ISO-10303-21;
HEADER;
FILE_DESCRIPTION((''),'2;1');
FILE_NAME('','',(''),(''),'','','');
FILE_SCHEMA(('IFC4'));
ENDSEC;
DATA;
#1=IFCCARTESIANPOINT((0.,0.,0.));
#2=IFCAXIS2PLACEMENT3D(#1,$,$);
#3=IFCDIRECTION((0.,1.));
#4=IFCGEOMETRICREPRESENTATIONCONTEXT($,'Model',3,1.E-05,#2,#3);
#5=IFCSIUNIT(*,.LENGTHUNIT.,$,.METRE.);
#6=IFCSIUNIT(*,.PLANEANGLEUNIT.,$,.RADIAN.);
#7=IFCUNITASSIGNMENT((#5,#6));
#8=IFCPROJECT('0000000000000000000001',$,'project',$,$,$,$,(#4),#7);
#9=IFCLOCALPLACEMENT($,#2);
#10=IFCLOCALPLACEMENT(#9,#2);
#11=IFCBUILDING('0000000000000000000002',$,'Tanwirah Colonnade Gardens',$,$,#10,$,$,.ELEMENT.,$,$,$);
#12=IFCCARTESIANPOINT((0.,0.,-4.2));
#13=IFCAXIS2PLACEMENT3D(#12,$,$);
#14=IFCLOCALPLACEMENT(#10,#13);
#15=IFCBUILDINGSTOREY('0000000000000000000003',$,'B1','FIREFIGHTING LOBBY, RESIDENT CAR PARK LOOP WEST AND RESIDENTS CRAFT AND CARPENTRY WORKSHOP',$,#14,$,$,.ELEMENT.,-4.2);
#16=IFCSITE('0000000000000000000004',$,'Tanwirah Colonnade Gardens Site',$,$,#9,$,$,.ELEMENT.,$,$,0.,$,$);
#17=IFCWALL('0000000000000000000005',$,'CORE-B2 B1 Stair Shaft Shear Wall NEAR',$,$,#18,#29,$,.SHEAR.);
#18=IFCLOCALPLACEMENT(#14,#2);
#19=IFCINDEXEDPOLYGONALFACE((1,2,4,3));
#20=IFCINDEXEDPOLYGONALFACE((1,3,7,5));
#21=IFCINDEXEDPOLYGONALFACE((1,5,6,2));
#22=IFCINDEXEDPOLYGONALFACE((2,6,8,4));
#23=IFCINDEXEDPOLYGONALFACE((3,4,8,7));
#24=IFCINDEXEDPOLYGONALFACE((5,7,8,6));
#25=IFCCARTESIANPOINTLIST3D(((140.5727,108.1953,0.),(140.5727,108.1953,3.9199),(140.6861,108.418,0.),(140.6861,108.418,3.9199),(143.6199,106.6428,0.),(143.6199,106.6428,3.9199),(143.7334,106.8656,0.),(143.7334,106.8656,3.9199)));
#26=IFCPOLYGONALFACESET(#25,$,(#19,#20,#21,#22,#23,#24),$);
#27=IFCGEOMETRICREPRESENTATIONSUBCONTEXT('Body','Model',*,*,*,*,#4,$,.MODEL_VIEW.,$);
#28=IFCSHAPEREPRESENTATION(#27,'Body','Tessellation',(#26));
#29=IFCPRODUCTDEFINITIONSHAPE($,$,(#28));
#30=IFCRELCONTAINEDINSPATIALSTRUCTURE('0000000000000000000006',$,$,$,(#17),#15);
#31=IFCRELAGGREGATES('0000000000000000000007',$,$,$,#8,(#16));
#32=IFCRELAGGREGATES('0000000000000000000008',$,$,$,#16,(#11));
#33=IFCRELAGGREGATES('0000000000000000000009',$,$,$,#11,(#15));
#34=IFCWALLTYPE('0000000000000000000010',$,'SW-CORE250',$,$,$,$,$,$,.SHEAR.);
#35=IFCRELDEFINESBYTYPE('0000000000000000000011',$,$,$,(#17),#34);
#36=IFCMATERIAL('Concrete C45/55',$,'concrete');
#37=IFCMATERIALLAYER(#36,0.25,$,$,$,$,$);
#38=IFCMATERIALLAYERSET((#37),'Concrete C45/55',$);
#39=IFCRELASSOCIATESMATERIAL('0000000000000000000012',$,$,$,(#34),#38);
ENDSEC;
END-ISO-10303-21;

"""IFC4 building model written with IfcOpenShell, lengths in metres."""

from ifc_helpers import new_model, si_unit, direction, frame, frame_2d, origin, place, context, subcontext, project, spatial, rectangle, extrude, material, layer, layer_set, type_object, element, save


model = new_model("IFC4")

# Units and contexts
model_context = context("Model", 3, precision=1e-05, world=origin(), true_north=direction((0.0, 1.0)))
body_context = subcontext(model_context, "Body", "Model", "MODEL_VIEW")
ifc_project = project(units=[si_unit("LENGTHUNIT", "METRE"), si_unit("PLANEANGLEUNIT", "RADIAN")], contexts=[model_context])

# Site, building, storey
site_placement = place(None, origin())
site = spatial("IfcSite", under=ifc_project, at=site_placement, Name="Tanwirah Colonnade Gardens Site", CompositionType="ELEMENT", RefElevation=0.0)
building_placement = place(site_placement, origin())
building = spatial("IfcBuilding", under=site, at=building_placement, Name="Tanwirah Colonnade Gardens", CompositionType="ELEMENT")
storey_placement = place(building_placement, frame((0.0, 0.0, -4.2)))
storey = spatial("IfcBuildingStorey", under=building, at=storey_placement, Name="B1", Description="FIREFIGHTING LOBBY, RESIDENT CAR PARK LOOP WEST AND RESIDENTS CRAFT AND CARPENTRY WORKSHOP", CompositionType="ELEMENT", Elevation=-4.2)

# Shared definitions
ifc_material_1 = material(Name="Concrete C45/55", Category="concrete")

# Wall
ifc_layer = layer(ifc_material_1, 0.25)
ifc_layer_set = layer_set([ifc_layer], Name="Concrete C45/55")
wall_type = type_object("IfcWallType", Name="SW-CORE250", PredefinedType="SHEAR", material=ifc_layer_set)
wall_1_placement = place(storey_placement, frame((140.6294, 108.3066, 0.0), z_axis=(0.0, 0.0, 1.0), x_axis=(0.891032, -0.45394, 0.0)))
element("IfcWall", 1, at=wall_1_placement, inside=storey, type_object=wall_type, Name="CORE-B2 B1 Stair Shaft Shear Wall NEAR", PredefinedType="SHEAR", context=body_context, shape_type="SweptSolid", body=[
    extrude(rectangle(XDim=3.4199, YDim=0.25, at=frame_2d((1.71, 0.0))), origin(), (0.0, 0.0, 1.0), 3.9199),
])

save(model, "model.ifc")
